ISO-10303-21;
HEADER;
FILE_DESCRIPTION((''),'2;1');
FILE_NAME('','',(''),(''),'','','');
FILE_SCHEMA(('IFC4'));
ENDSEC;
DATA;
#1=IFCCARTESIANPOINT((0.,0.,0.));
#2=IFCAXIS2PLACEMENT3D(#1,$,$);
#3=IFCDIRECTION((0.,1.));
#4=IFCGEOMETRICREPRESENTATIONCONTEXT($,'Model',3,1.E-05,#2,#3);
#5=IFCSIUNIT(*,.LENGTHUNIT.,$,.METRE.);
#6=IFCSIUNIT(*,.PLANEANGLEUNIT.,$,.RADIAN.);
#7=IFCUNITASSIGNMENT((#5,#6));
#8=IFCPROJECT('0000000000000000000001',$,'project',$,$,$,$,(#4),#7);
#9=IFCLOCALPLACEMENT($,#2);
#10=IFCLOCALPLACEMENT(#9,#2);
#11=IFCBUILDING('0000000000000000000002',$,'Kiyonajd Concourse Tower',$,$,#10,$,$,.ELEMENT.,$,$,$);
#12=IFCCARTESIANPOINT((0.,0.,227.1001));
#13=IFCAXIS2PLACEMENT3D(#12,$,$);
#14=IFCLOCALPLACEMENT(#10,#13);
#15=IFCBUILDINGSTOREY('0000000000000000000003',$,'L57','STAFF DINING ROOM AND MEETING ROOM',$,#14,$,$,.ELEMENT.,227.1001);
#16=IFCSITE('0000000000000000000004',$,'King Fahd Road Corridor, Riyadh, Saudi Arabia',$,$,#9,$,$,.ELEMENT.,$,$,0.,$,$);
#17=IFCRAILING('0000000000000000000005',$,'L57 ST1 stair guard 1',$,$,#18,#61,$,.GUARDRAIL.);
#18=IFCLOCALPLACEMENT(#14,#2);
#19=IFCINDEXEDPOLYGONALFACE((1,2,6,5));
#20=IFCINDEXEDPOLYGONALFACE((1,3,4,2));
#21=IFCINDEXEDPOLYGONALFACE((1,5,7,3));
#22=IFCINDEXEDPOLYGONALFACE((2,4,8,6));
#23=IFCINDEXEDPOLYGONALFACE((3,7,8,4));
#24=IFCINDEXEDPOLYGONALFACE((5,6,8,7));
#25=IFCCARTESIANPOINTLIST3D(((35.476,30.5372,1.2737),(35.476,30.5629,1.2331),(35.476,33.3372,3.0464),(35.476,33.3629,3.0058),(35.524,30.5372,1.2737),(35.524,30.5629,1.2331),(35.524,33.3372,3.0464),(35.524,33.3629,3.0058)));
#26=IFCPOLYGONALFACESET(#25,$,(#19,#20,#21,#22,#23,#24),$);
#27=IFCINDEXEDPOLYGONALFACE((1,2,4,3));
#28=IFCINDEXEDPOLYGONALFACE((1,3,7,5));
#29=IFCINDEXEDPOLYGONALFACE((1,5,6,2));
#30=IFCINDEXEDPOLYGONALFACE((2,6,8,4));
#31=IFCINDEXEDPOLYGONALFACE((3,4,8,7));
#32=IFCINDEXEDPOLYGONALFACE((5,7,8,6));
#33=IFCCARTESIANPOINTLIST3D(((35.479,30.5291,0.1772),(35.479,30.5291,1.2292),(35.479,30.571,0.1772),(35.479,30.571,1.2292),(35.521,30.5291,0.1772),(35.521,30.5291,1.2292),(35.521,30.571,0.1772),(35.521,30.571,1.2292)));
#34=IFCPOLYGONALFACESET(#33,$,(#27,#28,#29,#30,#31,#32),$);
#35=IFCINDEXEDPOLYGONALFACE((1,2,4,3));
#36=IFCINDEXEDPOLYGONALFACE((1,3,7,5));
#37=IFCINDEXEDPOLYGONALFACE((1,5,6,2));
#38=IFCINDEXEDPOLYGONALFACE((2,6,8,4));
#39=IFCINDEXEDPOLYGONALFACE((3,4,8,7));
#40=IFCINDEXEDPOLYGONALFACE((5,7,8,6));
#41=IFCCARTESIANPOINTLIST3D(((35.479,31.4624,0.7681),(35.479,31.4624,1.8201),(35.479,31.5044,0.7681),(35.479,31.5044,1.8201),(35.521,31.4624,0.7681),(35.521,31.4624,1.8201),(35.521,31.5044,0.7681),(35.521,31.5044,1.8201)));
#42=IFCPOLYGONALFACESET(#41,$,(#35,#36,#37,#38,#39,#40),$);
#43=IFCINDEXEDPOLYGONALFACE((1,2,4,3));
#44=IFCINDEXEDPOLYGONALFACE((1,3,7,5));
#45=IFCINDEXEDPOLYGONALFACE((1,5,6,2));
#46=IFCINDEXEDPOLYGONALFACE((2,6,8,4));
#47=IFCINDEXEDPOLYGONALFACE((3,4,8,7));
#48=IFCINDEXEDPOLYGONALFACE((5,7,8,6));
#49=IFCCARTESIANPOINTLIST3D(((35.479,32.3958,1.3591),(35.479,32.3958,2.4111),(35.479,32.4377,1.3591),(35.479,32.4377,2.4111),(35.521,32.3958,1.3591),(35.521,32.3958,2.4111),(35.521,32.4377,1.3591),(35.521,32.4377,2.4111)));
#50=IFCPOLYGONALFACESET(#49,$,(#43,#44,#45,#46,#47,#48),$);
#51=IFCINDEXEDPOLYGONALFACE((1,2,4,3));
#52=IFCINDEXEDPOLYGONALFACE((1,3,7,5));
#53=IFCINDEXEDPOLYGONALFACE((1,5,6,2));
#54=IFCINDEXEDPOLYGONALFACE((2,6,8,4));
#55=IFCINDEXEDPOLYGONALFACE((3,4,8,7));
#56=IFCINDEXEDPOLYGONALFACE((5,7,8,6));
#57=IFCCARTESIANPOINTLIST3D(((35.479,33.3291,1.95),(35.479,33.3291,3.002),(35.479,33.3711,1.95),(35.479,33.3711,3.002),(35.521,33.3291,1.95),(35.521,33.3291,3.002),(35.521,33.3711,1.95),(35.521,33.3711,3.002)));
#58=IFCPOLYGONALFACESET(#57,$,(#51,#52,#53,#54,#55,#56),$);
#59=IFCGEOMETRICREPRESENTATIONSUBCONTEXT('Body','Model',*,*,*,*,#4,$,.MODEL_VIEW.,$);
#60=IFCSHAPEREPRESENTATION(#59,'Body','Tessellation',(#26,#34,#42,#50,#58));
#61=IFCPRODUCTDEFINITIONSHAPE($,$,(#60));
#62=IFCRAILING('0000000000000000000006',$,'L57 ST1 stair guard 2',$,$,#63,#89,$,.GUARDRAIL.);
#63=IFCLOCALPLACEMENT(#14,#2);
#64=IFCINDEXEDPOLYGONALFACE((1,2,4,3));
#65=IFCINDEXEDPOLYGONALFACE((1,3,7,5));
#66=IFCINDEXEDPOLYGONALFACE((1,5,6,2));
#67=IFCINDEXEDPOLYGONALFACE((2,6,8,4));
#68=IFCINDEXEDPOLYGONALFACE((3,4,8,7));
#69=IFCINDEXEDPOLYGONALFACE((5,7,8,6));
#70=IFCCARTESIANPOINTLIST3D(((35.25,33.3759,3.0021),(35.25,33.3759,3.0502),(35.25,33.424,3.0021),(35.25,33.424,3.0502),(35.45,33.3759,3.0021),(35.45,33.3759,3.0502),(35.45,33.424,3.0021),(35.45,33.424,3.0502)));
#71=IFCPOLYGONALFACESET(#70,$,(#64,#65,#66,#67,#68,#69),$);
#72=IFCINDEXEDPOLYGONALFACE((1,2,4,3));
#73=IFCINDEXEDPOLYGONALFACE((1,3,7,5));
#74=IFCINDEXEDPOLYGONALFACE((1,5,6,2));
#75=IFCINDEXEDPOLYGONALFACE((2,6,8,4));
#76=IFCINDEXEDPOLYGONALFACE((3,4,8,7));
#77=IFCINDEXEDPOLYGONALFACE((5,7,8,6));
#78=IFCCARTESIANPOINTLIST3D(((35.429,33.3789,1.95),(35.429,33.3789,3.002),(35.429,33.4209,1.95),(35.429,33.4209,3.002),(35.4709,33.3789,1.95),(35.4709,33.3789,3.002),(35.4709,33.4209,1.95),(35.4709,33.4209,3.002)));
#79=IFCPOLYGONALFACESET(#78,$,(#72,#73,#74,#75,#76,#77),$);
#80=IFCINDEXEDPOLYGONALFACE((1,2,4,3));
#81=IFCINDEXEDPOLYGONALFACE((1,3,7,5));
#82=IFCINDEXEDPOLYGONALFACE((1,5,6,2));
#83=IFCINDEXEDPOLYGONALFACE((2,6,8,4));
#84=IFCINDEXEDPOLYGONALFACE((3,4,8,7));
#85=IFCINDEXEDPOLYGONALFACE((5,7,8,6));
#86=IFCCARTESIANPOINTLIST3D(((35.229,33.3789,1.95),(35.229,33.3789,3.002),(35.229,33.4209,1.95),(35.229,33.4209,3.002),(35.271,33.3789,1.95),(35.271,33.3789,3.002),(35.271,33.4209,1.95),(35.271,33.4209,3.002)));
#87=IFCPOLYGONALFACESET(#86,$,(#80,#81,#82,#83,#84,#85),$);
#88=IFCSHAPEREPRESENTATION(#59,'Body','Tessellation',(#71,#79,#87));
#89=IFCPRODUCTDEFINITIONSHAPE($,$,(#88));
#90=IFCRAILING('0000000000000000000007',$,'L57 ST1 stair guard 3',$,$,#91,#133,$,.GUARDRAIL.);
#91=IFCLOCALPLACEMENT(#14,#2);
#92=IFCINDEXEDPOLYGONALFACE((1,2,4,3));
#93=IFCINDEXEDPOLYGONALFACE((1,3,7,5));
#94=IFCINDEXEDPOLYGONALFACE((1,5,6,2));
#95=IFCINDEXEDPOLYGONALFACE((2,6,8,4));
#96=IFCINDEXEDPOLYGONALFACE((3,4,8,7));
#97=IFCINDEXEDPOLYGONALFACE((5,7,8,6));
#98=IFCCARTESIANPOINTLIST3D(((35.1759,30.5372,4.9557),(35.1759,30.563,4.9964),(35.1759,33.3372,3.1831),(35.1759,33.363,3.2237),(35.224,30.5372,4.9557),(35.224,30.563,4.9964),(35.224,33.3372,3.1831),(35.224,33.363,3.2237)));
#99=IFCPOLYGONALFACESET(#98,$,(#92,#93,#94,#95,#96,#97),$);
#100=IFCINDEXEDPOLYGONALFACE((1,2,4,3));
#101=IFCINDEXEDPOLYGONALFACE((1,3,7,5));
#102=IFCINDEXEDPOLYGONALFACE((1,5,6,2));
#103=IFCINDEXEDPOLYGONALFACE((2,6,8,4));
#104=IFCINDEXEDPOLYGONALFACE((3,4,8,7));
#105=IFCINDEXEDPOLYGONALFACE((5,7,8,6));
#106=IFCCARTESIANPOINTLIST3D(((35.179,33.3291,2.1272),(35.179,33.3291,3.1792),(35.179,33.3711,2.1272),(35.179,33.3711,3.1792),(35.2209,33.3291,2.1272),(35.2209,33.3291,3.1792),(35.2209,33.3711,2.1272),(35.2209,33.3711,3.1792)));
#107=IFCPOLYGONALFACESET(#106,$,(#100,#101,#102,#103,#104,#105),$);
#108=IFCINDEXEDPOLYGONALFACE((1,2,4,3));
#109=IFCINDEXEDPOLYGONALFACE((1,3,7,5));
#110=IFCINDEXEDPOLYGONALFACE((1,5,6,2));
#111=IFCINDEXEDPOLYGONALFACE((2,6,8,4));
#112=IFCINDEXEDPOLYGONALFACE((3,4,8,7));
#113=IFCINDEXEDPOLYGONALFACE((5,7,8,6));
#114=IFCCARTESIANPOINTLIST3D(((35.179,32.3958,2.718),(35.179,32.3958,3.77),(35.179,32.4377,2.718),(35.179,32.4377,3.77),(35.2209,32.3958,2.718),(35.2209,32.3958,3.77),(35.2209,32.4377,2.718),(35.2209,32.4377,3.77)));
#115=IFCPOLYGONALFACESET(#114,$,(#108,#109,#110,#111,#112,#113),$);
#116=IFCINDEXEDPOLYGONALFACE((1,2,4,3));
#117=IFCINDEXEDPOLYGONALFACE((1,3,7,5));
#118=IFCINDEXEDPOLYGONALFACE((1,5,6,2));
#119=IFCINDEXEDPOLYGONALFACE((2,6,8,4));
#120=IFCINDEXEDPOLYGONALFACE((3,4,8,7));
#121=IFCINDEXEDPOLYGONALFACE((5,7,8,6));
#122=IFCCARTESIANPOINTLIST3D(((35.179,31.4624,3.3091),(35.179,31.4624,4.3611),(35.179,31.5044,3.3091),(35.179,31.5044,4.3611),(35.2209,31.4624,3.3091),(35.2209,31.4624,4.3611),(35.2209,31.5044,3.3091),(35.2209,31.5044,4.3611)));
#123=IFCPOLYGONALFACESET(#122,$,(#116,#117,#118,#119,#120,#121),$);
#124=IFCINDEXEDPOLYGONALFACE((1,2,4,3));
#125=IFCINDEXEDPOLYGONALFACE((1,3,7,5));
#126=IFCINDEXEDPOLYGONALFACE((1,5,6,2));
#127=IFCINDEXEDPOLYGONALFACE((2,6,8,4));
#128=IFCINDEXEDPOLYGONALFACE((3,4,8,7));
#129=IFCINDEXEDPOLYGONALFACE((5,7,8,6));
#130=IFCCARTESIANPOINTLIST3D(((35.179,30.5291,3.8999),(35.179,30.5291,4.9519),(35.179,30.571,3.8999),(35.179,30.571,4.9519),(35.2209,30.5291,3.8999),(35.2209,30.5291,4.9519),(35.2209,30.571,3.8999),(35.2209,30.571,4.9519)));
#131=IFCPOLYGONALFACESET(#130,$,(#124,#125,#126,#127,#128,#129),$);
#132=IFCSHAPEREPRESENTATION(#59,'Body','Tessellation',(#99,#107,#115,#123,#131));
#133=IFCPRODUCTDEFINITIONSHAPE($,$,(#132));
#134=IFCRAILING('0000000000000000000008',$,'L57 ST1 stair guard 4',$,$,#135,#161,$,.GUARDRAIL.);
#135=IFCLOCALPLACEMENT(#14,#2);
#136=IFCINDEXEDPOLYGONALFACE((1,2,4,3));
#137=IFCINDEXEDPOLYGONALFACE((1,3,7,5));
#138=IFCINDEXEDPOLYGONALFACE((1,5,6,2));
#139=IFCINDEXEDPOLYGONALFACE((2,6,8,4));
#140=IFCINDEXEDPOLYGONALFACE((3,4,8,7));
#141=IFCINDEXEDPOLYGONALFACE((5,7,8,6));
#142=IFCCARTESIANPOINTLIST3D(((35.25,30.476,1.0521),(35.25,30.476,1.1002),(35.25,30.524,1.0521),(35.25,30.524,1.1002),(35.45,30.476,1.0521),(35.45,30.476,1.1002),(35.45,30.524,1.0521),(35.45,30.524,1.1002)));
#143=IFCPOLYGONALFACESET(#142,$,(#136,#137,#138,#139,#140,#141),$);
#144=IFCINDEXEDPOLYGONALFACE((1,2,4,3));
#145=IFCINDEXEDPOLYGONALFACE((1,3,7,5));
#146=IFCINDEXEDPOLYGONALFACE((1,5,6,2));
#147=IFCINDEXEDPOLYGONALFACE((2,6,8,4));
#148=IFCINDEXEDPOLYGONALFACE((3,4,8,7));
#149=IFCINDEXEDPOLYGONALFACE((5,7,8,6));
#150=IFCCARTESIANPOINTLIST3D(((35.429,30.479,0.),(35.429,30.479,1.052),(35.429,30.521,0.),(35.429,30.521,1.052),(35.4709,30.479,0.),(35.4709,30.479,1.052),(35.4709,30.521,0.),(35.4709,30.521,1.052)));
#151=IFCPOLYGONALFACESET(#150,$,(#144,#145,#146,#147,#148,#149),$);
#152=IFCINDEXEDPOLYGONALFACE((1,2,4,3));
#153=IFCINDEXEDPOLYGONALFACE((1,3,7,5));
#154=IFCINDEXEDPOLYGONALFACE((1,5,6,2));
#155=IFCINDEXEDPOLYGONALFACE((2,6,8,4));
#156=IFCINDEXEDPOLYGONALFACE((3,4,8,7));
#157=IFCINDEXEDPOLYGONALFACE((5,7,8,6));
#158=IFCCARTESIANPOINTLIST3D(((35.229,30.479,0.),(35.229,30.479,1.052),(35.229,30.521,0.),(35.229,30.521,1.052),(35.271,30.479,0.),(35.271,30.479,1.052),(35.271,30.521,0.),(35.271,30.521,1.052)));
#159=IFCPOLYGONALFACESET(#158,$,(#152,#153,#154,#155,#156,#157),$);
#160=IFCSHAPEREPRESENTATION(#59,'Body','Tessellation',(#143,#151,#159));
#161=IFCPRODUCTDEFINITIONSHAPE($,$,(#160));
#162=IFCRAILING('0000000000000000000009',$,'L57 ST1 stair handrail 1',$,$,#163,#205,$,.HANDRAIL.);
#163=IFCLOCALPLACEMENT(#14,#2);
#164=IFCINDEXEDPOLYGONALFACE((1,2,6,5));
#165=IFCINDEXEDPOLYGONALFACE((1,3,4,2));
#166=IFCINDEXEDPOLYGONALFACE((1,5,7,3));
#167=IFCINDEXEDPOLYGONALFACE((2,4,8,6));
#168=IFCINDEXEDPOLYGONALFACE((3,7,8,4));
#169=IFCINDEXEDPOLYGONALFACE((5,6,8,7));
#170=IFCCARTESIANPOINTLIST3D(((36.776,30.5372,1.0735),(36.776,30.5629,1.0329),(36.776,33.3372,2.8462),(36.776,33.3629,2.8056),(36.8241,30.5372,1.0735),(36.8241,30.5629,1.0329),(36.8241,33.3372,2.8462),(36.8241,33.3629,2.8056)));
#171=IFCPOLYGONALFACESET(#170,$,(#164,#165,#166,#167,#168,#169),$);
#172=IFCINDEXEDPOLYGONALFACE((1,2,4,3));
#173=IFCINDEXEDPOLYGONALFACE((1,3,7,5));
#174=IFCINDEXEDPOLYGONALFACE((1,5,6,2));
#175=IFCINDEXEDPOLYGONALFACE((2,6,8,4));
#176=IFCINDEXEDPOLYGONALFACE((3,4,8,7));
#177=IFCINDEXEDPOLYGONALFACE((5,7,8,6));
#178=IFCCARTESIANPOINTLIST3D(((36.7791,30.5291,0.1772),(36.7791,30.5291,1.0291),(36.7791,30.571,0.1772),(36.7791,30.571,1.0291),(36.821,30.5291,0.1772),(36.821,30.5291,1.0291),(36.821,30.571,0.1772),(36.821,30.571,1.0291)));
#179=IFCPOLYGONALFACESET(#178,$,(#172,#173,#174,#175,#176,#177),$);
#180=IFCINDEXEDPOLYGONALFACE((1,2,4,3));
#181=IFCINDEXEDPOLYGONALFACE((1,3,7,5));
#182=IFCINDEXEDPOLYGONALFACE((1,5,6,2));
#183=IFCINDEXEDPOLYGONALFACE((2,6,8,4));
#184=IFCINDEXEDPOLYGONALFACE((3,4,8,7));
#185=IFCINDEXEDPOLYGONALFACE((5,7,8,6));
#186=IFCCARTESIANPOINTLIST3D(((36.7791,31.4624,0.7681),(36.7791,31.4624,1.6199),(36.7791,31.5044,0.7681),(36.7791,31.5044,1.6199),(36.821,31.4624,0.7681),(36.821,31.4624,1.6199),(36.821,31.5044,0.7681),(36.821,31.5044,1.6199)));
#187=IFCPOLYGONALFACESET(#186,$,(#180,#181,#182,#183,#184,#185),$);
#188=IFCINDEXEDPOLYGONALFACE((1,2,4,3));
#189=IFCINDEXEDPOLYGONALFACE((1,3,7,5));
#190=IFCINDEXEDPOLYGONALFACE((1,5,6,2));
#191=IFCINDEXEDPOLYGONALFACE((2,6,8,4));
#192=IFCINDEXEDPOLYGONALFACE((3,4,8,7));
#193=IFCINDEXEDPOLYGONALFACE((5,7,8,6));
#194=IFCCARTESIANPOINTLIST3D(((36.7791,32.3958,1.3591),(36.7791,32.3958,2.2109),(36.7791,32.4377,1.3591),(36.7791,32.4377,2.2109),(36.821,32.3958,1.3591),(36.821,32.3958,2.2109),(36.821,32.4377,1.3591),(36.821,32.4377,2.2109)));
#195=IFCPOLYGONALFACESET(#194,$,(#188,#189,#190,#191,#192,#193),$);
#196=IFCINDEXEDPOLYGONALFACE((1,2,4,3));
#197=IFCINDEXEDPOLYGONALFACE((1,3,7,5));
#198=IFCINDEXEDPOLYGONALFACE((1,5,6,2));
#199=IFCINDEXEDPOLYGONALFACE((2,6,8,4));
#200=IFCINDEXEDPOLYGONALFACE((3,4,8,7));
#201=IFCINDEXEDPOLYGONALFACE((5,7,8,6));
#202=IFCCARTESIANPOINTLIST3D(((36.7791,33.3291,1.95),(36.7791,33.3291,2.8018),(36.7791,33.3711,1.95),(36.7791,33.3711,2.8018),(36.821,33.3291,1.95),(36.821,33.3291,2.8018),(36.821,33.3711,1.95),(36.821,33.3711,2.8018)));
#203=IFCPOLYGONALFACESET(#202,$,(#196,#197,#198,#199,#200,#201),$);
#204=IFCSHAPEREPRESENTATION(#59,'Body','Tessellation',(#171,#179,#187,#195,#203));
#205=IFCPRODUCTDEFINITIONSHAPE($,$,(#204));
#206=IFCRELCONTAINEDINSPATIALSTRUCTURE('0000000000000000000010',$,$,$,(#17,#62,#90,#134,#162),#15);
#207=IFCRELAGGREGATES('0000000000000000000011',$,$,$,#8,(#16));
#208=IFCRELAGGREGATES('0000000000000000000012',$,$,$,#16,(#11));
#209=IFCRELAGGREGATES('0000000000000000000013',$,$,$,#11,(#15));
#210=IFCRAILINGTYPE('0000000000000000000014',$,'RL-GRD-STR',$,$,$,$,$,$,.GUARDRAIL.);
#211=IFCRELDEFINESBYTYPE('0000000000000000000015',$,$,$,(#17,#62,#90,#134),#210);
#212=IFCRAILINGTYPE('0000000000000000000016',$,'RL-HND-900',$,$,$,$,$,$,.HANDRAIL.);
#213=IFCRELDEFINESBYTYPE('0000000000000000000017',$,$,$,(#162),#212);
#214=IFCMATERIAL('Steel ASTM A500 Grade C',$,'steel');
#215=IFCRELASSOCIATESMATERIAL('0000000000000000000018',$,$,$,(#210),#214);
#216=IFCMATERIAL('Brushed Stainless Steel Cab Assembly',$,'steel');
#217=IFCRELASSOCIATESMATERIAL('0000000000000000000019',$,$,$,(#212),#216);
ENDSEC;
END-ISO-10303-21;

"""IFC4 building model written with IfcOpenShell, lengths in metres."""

from ifc_helpers import new_model, si_unit, direction, frame, origin, origin_2d, place, context, subcontext, project, spatial, rectangle, extrude, material, type_object, element, save


model = new_model("IFC4")

# Units and contexts
model_context = context("Model", 3, precision=1e-05, world=origin(), true_north=direction((0.0, 1.0)))
body_context = subcontext(model_context, "Body", "Model", "MODEL_VIEW")
ifc_project = project(units=[si_unit("LENGTHUNIT", "METRE"), si_unit("PLANEANGLEUNIT", "RADIAN")], contexts=[model_context])

# Site, building, storey
site_placement = place(None, origin())
site = spatial("IfcSite", under=ifc_project, at=site_placement, Name="King Fahd Road Corridor, Riyadh, Saudi Arabia", CompositionType="ELEMENT", RefElevation=0.0)
building_placement = place(site_placement, origin())
building = spatial("IfcBuilding", under=site, at=building_placement, Name="Kiyonajd Concourse Tower", CompositionType="ELEMENT")
storey_placement = place(building_placement, frame((0.0, 0.0, 227.1001)))
storey = spatial("IfcBuildingStorey", under=building, at=storey_placement, Name="L57", Description="STAFF DINING ROOM AND MEETING ROOM", CompositionType="ELEMENT", Elevation=227.1001)

# Shared definitions
ifc_material_1 = material(Name="Brushed Stainless Steel Cab Assembly", Category="steel")

# Railings
ifc_material_2 = material(Name="Steel ASTM A500 Grade C", Category="steel")
railing_type_1 = type_object("IfcRailingType", Name="RL-GRD-STR", PredefinedType="GUARDRAIL", material=ifc_material_2)
railing_1_placement = place(storey_placement, frame((35.5, 30.55, 0.1772)))
element("IfcRailing", 1, at=railing_1_placement, inside=storey, type_object=railing_type_1, Name="L57 ST1 stair guard 1", PredefinedType="GUARDRAIL", context=body_context, shape_type="SweptSolid", body=[
    extrude(rectangle(XDim=0.0481, YDim=0.0481, at=origin_2d()), frame((0.0, 0.0, 1.0762), z_axis=(0.0, 0.844909, 0.53491), x_axis=(-1.0, 0.0, 0.0)), (0.0, 0.0, 1.0), 3.314),
    extrude(rectangle(XDim=0.042, YDim=0.042, at=origin_2d()), origin(), (0.0, 0.0, 1.0), 1.052),
    extrude(rectangle(XDim=0.042, YDim=0.042, at=origin_2d()), frame((0.0, 0.9333, 0.5908)), (0.0, 0.0, 1.0), 1.052),
    extrude(rectangle(XDim=0.042, YDim=0.042, at=origin_2d()), frame((0.0, 1.8667, 1.1819)), (0.0, 0.0, 1.0), 1.052),
    extrude(rectangle(XDim=0.042, YDim=0.042, at=origin_2d()), frame((0.0, 2.8, 1.7727)), (0.0, 0.0, 1.0), 1.052),
])
railing_2_placement = place(storey_placement, frame((35.45, 33.3999, 1.95)))
element("IfcRailing", 2, at=railing_2_placement, inside=storey, type_object=railing_type_1, Name="L57 ST1 stair guard 2", PredefinedType="GUARDRAIL", context=body_context, shape_type="SweptSolid", body=[
    extrude(rectangle(XDim=0.0481, YDim=0.0481, at=origin_2d()), frame((0.0, 0.0, 1.0762), z_axis=(-1.0, 0.0, 0.0), x_axis=(0.0, -1.0, 0.0)), (0.0, 0.0, 1.0), 0.2),
    extrude(rectangle(XDim=0.042, YDim=0.042, at=origin_2d()), origin(), (0.0, 0.0, 1.0), 1.052),
    extrude(rectangle(XDim=0.042, YDim=0.042, at=origin_2d()), frame((-0.2, 0.0, 0.0)), (0.0, 0.0, 1.0), 1.052),
])
railing_3_placement = place(storey_placement, frame((35.2, 33.3501, 2.1272)))
element("IfcRailing", 3, at=railing_3_placement, inside=storey, type_object=railing_type_1, Name="L57 ST1 stair guard 3", PredefinedType="GUARDRAIL", context=body_context, shape_type="SweptSolid", body=[
    extrude(rectangle(XDim=0.0481, YDim=0.0481, at=origin_2d()), frame((0.0, 0.0, 1.0762), z_axis=(0.0, -0.844909, 0.53491), x_axis=(1.0, 0.0, 0.0)), (0.0, 0.0, 1.0), 3.314),
    extrude(rectangle(XDim=0.042, YDim=0.042, at=origin_2d()), origin(), (0.0, 0.0, 1.0), 1.052),
    extrude(rectangle(XDim=0.042, YDim=0.042, at=origin_2d()), frame((0.0, -0.9333, 0.5908)), (0.0, 0.0, 1.0), 1.052),
    extrude(rectangle(XDim=0.042, YDim=0.042, at=origin_2d()), frame((0.0, -1.8667, 1.1819)), (0.0, 0.0, 1.0), 1.052),
    extrude(rectangle(XDim=0.042, YDim=0.042, at=origin_2d()), frame((0.0, -2.8, 1.7727)), (0.0, 0.0, 1.0), 1.052),
])
railing_4_placement = place(storey_placement, frame((35.45, 30.5, 0.0)))
element("IfcRailing", 4, at=railing_4_placement, inside=storey, type_object=railing_type_1, Name="L57 ST1 stair guard 4", PredefinedType="GUARDRAIL", context=body_context, shape_type="SweptSolid", body=[
    extrude(rectangle(XDim=0.0481, YDim=0.0481, at=origin_2d()), frame((0.0, 0.0, 1.0762), z_axis=(-1.0, 0.0, 0.0), x_axis=(0.0, -1.0, 0.0)), (0.0, 0.0, 1.0), 0.2),
    extrude(rectangle(XDim=0.042, YDim=0.042, at=origin_2d()), origin(), (0.0, 0.0, 1.0), 1.052),
    extrude(rectangle(XDim=0.042, YDim=0.042, at=origin_2d()), frame((-0.2, 0.0, 0.0)), (0.0, 0.0, 1.0), 1.052),
])
railing_type_2 = type_object("IfcRailingType", Name="RL-HND-900", PredefinedType="HANDRAIL", material=ifc_material_1)
railing_5_placement = place(storey_placement, frame((36.8, 30.55, 0.1772)))
element("IfcRailing", 5, at=railing_5_placement, inside=storey, type_object=railing_type_2, Name="L57 ST1 stair handrail 1", PredefinedType="HANDRAIL", context=body_context, shape_type="SweptSolid", body=[
    extrude(rectangle(XDim=0.0481, YDim=0.0481, at=origin_2d()), frame((0.0, 0.0, 0.876), z_axis=(0.0, 0.844909, 0.53491), x_axis=(-1.0, 0.0, 0.0)), (0.0, 0.0, 1.0), 3.314),
    extrude(rectangle(XDim=0.042, YDim=0.042, at=origin_2d()), origin(), (0.0, 0.0, 1.0), 0.8518),
    extrude(rectangle(XDim=0.042, YDim=0.042, at=origin_2d()), frame((0.0, 0.9333, 0.5908)), (0.0, 0.0, 1.0), 0.8518),
    extrude(rectangle(XDim=0.042, YDim=0.042, at=origin_2d()), frame((0.0, 1.8667, 1.1819)), (0.0, 0.0, 1.0), 0.8518),
    extrude(rectangle(XDim=0.042, YDim=0.042, at=origin_2d()), frame((0.0, 2.8, 1.7727)), (0.0, 0.0, 1.0), 0.8518),
])

save(model, "model.ifc")
